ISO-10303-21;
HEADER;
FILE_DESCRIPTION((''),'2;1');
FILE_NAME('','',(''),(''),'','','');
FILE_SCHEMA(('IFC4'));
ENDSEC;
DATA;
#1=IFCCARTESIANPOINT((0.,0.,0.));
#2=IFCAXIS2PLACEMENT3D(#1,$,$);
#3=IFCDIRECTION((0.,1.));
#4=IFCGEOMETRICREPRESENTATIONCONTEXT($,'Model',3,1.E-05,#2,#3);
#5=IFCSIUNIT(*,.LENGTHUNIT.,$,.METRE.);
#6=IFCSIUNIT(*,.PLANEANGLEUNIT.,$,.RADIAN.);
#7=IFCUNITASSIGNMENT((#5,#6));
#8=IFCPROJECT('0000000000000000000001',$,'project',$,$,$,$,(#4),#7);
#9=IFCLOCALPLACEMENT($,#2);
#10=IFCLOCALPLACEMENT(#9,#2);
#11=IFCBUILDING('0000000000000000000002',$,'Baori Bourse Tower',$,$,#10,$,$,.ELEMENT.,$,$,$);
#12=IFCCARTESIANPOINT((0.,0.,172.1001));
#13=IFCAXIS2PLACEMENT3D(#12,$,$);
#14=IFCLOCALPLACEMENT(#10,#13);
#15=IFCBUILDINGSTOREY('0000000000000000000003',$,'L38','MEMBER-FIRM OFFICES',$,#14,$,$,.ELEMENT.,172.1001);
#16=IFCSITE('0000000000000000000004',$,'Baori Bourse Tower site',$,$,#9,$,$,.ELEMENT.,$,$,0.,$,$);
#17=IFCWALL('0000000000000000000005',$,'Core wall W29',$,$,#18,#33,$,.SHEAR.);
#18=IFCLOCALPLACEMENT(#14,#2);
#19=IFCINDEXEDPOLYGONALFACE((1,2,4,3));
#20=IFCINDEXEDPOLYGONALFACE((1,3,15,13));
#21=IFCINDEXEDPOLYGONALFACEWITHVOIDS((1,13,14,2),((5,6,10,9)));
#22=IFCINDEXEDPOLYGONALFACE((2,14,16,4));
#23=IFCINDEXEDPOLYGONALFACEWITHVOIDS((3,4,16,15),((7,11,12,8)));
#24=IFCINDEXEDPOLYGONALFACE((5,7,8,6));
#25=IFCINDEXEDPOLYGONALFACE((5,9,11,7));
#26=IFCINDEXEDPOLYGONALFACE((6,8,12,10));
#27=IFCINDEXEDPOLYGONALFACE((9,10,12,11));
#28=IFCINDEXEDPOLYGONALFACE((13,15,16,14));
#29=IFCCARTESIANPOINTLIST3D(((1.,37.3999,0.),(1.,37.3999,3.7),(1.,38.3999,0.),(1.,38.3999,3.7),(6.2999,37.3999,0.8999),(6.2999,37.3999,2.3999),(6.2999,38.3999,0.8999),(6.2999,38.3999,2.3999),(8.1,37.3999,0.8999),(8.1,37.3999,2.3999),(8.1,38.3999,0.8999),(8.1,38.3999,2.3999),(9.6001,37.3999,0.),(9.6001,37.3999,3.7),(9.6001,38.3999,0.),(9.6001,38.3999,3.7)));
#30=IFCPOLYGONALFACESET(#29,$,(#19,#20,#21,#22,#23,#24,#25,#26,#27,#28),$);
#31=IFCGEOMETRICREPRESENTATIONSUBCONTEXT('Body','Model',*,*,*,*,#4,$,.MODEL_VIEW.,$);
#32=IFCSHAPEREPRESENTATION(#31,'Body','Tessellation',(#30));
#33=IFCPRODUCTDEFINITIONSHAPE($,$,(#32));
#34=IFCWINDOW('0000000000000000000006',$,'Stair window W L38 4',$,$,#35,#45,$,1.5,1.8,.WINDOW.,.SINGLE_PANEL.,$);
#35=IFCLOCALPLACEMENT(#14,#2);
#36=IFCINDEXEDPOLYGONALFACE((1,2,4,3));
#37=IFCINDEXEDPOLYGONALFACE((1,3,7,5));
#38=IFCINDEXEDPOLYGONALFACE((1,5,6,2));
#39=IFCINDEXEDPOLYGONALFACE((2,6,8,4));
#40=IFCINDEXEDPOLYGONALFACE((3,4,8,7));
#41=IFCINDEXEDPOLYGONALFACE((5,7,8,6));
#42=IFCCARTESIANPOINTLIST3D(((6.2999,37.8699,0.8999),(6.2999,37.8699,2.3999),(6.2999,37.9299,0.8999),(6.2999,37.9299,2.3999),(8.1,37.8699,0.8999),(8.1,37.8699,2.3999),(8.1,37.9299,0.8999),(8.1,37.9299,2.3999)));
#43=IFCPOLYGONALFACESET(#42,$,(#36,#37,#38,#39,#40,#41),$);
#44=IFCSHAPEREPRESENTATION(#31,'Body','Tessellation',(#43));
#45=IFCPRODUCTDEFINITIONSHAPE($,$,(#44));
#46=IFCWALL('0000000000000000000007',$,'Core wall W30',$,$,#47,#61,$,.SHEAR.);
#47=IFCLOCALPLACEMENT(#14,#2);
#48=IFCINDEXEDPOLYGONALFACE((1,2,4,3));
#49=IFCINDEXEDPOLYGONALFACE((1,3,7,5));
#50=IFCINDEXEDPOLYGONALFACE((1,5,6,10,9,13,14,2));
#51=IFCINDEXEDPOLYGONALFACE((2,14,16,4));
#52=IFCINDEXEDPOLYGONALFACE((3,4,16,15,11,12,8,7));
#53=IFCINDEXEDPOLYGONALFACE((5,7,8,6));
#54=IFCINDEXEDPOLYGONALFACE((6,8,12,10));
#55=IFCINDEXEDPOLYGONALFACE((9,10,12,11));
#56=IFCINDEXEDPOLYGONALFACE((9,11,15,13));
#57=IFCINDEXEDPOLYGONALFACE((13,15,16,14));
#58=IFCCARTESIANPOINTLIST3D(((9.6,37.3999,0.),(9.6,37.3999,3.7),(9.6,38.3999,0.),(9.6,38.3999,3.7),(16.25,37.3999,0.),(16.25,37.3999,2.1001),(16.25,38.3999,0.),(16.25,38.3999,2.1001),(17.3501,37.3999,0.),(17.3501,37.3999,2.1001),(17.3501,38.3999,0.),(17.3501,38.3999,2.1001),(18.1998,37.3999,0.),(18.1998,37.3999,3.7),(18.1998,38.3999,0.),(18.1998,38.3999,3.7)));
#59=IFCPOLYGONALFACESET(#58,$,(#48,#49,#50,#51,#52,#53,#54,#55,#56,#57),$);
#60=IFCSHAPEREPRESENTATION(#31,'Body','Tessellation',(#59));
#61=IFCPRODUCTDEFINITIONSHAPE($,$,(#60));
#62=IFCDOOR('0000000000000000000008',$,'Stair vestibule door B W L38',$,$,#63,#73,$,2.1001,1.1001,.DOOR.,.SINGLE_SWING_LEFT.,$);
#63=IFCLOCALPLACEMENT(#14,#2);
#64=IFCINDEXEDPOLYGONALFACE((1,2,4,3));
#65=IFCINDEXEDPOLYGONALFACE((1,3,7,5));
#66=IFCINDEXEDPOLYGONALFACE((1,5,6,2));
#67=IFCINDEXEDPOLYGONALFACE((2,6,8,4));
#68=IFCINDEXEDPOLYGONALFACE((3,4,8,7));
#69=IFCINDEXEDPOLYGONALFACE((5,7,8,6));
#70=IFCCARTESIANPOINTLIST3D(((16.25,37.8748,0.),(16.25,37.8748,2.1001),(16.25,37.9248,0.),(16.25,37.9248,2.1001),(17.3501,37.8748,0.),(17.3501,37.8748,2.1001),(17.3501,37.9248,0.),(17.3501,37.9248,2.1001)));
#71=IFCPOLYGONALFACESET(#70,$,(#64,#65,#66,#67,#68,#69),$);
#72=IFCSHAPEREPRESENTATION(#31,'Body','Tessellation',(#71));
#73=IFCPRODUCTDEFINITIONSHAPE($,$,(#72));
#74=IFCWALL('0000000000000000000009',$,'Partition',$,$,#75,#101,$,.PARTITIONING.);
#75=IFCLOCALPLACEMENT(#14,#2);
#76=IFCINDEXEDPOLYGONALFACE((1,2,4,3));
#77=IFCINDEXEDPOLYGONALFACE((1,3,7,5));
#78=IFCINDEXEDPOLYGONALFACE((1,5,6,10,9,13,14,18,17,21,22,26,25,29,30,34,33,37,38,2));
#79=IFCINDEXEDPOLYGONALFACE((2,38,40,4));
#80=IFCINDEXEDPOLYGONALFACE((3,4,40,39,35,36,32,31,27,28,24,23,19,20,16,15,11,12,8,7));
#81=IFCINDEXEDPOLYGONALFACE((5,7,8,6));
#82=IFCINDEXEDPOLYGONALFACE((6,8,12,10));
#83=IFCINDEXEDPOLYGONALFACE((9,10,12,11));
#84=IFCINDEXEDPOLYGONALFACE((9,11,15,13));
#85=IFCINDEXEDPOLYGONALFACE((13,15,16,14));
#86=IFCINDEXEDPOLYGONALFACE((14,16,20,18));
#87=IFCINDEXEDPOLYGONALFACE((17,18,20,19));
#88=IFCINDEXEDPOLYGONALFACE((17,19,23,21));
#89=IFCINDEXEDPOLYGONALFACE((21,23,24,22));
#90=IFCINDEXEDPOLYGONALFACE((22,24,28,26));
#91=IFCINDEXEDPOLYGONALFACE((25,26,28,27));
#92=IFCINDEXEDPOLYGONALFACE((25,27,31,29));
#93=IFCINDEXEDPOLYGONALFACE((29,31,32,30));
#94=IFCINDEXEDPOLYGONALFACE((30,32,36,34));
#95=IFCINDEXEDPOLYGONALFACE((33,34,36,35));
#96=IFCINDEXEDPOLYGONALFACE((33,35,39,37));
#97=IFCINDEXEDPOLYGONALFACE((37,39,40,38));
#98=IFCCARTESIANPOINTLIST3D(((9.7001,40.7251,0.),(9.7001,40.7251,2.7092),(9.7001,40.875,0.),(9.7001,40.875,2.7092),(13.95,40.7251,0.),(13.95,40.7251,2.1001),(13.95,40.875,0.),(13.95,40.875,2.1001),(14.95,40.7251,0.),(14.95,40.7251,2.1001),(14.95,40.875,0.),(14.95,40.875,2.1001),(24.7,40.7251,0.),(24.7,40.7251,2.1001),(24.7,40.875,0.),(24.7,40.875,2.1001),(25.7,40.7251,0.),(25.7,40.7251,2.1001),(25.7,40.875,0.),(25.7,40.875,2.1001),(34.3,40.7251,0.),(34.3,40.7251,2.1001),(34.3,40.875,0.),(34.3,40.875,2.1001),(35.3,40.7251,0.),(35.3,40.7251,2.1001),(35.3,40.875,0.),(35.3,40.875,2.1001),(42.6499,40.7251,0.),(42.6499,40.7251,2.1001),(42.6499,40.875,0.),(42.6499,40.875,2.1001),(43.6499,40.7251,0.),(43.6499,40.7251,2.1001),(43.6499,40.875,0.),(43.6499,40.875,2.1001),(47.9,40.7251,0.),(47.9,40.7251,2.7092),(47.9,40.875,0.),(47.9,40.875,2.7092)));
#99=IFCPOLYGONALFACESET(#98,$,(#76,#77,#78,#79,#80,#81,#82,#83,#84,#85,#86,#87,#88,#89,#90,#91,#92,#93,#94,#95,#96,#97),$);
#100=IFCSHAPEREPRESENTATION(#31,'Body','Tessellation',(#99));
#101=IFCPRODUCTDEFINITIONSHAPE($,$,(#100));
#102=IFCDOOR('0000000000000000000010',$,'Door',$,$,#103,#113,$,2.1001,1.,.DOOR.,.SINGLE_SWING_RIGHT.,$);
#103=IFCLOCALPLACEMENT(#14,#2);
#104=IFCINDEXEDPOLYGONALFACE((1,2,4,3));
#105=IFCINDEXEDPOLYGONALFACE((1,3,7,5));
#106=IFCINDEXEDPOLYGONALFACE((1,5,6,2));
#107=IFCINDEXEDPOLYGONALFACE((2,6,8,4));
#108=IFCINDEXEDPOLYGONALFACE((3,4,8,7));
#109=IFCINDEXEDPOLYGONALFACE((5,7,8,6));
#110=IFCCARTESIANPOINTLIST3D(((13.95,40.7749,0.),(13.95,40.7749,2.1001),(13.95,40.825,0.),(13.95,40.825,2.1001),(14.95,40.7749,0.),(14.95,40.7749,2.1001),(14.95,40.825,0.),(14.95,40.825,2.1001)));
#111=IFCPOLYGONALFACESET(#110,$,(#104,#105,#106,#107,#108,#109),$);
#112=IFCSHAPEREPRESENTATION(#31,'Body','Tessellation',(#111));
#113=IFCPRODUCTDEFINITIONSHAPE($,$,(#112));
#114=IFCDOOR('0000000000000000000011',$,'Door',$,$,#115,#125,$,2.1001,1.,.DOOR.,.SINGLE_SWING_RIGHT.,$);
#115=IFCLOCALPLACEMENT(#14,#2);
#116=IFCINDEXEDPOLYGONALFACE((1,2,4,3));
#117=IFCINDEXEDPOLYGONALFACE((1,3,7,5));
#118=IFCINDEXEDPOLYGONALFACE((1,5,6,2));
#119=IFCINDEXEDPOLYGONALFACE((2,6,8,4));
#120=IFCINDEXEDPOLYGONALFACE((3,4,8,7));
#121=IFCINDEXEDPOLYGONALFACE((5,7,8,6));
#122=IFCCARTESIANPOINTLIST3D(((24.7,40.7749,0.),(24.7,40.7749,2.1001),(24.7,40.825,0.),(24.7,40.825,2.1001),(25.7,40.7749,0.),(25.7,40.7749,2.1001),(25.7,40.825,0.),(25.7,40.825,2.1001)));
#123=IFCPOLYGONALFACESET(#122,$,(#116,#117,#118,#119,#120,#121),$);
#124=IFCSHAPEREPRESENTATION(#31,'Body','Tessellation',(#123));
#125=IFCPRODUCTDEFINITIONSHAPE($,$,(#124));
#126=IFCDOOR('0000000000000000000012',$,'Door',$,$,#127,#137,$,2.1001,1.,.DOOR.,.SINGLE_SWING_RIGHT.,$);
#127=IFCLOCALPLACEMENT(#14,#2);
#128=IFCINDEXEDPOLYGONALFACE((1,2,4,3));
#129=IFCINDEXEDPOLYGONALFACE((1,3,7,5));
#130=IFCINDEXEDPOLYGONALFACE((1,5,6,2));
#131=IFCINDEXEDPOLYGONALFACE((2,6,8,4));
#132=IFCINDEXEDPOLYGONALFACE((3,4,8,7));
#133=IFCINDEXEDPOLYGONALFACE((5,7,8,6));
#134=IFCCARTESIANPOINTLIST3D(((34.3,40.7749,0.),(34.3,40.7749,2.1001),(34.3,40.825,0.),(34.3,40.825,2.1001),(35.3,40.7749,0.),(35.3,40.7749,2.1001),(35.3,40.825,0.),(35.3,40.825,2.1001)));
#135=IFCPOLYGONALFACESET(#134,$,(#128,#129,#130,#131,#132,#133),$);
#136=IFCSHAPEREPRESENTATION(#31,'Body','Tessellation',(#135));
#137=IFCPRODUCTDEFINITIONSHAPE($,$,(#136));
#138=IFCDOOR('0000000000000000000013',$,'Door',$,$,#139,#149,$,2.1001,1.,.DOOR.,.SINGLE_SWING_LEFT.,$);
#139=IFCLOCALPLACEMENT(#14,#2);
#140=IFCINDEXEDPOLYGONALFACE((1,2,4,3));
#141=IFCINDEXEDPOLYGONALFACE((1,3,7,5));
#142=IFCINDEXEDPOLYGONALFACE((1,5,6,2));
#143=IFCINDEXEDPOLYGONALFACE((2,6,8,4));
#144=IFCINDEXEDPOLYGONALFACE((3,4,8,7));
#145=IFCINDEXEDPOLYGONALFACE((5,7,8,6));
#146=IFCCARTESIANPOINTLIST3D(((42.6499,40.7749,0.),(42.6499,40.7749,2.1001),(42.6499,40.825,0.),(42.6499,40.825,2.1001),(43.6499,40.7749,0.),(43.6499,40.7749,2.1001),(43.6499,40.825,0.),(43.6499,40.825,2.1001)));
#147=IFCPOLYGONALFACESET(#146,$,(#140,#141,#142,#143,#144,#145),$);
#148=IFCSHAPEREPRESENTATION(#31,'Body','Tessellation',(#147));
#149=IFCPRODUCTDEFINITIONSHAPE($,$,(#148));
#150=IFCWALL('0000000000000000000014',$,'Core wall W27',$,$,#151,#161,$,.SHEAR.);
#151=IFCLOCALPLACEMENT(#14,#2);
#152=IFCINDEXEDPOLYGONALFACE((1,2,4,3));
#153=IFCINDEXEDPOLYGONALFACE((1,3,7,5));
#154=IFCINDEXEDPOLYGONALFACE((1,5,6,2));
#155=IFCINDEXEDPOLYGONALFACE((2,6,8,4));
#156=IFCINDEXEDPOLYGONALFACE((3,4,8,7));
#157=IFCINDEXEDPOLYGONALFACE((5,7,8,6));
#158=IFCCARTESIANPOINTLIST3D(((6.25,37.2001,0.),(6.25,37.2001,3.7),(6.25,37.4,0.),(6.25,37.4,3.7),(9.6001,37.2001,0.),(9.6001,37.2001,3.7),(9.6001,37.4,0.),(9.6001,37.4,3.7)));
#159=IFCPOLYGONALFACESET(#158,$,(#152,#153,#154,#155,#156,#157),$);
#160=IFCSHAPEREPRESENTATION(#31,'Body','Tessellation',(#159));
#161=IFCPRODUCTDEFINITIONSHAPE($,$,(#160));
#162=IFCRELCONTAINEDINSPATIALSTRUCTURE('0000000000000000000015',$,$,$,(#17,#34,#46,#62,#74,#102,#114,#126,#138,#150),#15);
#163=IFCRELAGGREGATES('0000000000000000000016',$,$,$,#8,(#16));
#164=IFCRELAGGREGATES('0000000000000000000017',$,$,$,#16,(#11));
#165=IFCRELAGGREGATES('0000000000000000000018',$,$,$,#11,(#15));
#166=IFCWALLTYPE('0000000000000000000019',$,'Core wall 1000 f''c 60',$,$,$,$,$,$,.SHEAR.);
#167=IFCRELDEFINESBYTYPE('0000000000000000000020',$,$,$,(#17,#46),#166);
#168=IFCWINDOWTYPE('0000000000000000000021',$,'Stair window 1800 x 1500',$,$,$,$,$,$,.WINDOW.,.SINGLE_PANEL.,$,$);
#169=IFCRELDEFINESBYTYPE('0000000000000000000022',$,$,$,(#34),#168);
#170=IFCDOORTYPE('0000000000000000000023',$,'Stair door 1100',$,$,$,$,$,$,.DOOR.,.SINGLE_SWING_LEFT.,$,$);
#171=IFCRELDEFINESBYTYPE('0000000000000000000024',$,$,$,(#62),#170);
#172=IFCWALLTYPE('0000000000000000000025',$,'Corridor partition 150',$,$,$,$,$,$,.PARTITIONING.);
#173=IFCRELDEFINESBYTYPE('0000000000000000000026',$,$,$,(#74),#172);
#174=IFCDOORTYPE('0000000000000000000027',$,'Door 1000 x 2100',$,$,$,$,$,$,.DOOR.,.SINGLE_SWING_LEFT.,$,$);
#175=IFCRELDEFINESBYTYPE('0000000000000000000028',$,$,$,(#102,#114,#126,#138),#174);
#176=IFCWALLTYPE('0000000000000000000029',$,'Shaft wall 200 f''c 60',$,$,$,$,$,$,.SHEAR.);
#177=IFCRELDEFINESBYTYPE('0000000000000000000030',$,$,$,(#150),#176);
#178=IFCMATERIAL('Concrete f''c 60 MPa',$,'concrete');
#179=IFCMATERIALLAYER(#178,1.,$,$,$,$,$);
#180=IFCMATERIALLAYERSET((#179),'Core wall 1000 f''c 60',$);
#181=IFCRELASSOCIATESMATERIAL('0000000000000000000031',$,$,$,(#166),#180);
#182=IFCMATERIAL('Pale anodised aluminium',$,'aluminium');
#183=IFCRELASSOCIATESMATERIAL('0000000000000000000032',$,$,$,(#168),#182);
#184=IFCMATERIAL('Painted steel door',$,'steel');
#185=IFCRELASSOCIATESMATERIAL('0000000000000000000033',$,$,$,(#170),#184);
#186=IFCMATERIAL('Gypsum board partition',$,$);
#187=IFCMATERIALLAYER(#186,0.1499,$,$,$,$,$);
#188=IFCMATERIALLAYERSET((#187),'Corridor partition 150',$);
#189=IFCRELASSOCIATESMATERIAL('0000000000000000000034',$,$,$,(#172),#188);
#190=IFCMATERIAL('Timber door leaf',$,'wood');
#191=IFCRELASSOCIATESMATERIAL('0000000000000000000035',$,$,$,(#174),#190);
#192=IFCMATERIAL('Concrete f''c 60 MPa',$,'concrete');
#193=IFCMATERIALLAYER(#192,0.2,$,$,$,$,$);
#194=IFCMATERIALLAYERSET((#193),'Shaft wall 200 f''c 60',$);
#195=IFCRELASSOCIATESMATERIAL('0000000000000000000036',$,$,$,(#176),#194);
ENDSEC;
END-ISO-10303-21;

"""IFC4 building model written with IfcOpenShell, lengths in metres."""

from ifc_helpers import new_model, si_unit, direction, frame, frame_2d, origin, place, context, subcontext, project, spatial, rectangle, extrude, material, layer, layer_set, type_object, element, fill, save


model = new_model("IFC4")

# Units and contexts
model_context = context("Model", 3, precision=1e-05, world=origin(), true_north=direction((0.0, 1.0)))
body_context = subcontext(model_context, "Body", "Model", "MODEL_VIEW")
ifc_project = project(units=[si_unit("LENGTHUNIT", "METRE"), si_unit("PLANEANGLEUNIT", "RADIAN")], contexts=[model_context])

# Site, building, storey
site_placement = place(None, origin())
site = spatial("IfcSite", under=ifc_project, at=site_placement, Name="Baori Bourse Tower site", CompositionType="ELEMENT", RefElevation=0.0)
building_placement = place(site_placement, origin())
building = spatial("IfcBuilding", under=site, at=building_placement, Name="Baori Bourse Tower", CompositionType="ELEMENT")
storey_placement = place(building_placement, frame((0.0, 0.0, 172.1001)))
storey = spatial("IfcBuildingStorey", under=building, at=storey_placement, Name="L38", Description="MEMBER-FIRM OFFICES", CompositionType="ELEMENT", Elevation=172.1001)

# Wall, opening, window
ifc_material_1 = material(Name="Concrete f'c 60 MPa", Category="concrete")
ifc_layer_1 = layer(ifc_material_1, 1.0)
ifc_layer_set_1 = layer_set([ifc_layer_1], Name="Core wall 1000 f'c 60")
wall_type_1 = type_object("IfcWallType", Name="Core wall 1000 f'c 60", PredefinedType="SHEAR", material=ifc_layer_set_1)
wall_1_placement = place(storey_placement, frame((1.0, 37.8999, 0.0), z_axis=(0.0, 0.0, 1.0), x_axis=(1.0, 0.0, 0.0)))
wall_1 = element("IfcWall", 1, at=wall_1_placement, inside=storey, type_object=wall_type_1, Name="Core wall W29", PredefinedType="SHEAR", context=body_context, shape_type="SweptSolid", body=[
    extrude(rectangle(XDim=8.6001, YDim=1.0, at=frame_2d((4.3, 0.0))), origin(), (0.0, 0.0, 1.0), 3.7),
])
opening_1_placement = place(wall_1_placement, frame((5.3, 0.0, 0.8999)))
opening_1 = element("IfcOpeningElement", 2, at=opening_1_placement, cuts=wall_1, PredefinedType="OPENING", context=body_context, shape_type="SweptSolid", body=[
    extrude(rectangle(XDim=1.8, YDim=1.5, at=frame_2d((0.8999, 0.75))), frame((0.0, 0.51, 0.0), z_axis=(0.0, -1.0, 0.0), x_axis=(1.0, 0.0, 0.0)), (0.0, 0.0, 1.0), 1.02),
])
ifc_material_2 = material(Name="Pale anodised aluminium", Category="aluminium")
window_type = type_object("IfcWindowType", Name="Stair window 1800 x 1500", PartitioningType="SINGLE_PANEL", PredefinedType="WINDOW", material=ifc_material_2)
window_placement = place(opening_1_placement, origin())
window = element("IfcWindow", 3, at=window_placement, inside=storey, type_object=window_type, Name="Stair window W L38 4", OverallHeight=1.5, OverallWidth=1.8, PartitioningType="SINGLE_PANEL", PredefinedType="WINDOW", context=body_context, shape_type="SweptSolid", body=[
    extrude(rectangle(XDim=1.8, YDim=1.5, at=frame_2d((0.8999, 0.75))), frame((0.0, 0.03, 0.0), z_axis=(0.0, -1.0, 0.0), x_axis=(1.0, 0.0, 0.0)), (0.0, 0.0, 1.0), 0.0601),
])
fill(opening_1, window)

# Wall, opening, door
wall_2_placement = place(storey_placement, frame((9.6001, 37.8999, 0.0), z_axis=(0.0, 0.0, 1.0), x_axis=(1.0, 0.0, 0.0)))
wall_2 = element("IfcWall", 4, at=wall_2_placement, inside=storey, type_object=wall_type_1, Name="Core wall W30", PredefinedType="SHEAR", context=body_context, shape_type="SweptSolid", body=[
    extrude(rectangle(XDim=8.5999, YDim=1.0, at=frame_2d((4.2998, 0.0))), origin(), (0.0, 0.0, 1.0), 3.7),
])
opening_2_placement = place(wall_2_placement, frame((6.6499, 0.0, 0.0)))
opening_2 = element("IfcOpeningElement", 5, at=opening_2_placement, cuts=wall_2, PredefinedType="OPENING", context=body_context, shape_type="SweptSolid", body=[
    extrude(rectangle(XDim=1.1001, YDim=2.1001, at=frame_2d((0.55, 1.05))), frame((0.0, 0.51, 0.0), z_axis=(0.0, -1.0, 0.0), x_axis=(1.0, 0.0, 0.0)), (0.0, 0.0, 1.0), 1.02),
])
ifc_material_3 = material(Name="Painted steel door", Category="steel")
door_type_1 = type_object("IfcDoorType", Name="Stair door 1100", OperationType="SINGLE_SWING_LEFT", PredefinedType="DOOR", material=ifc_material_3)
door_1_placement = place(opening_2_placement, origin())
door_1 = element("IfcDoor", 6, at=door_1_placement, inside=storey, type_object=door_type_1, Name="Stair vestibule door B W L38", OperationType="SINGLE_SWING_LEFT", OverallHeight=2.1001, OverallWidth=1.1001, PredefinedType="DOOR", context=body_context, shape_type="SweptSolid", body=[
    extrude(rectangle(XDim=1.1001, YDim=2.1001, at=frame_2d((0.55, 1.05))), frame((0.0, 0.0249, 0.0), z_axis=(0.0, -1.0, 0.0), x_axis=(1.0, 0.0, 0.0)), (0.0, 0.0, 1.0), 0.05),
])
fill(opening_2, door_1)

# Wall, openings, doors
ifc_material_4 = material(Name="Gypsum board partition")
ifc_layer_2 = layer(ifc_material_4, 0.1499)
ifc_layer_set_2 = layer_set([ifc_layer_2], Name="Corridor partition 150")
wall_type_2 = type_object("IfcWallType", Name="Corridor partition 150", PredefinedType="PARTITIONING", material=ifc_layer_set_2)
wall_3_placement = place(storey_placement, frame((9.7, 40.8, 0.0), z_axis=(0.0, 0.0, 1.0), x_axis=(1.0, 0.0, 0.0)))
wall_3 = element("IfcWall", 7, at=wall_3_placement, inside=storey, type_object=wall_type_2, Name="Partition", PredefinedType="PARTITIONING", context=body_context, shape_type="SweptSolid", body=[
    extrude(rectangle(XDim=38.2, YDim=0.1499, at=frame_2d((19.1001, 0.0))), origin(), (0.0, 0.0, 1.0), 2.7092),
])
opening_3_placement = place(wall_3_placement, frame((4.25, 0.0, 0.0)))
opening_3 = element("IfcOpeningElement", 8, at=opening_3_placement, cuts=wall_3, PredefinedType="OPENING", context=body_context, shape_type="SweptSolid", body=[
    extrude(rectangle(XDim=1.0, YDim=2.1001, at=frame_2d((0.5, 1.05))), frame((0.0, 0.085, 0.0), z_axis=(0.0, -1.0, 0.0), x_axis=(1.0, 0.0, 0.0)), (0.0, 0.0, 1.0), 0.1699),
])
opening_4_placement = place(wall_3_placement, frame((15.0, 0.0, 0.0)))
opening_4 = element("IfcOpeningElement", 9, at=opening_4_placement, cuts=wall_3, PredefinedType="OPENING", context=body_context, shape_type="SweptSolid", body=[
    extrude(rectangle(XDim=1.0, YDim=2.1001, at=frame_2d((0.5, 1.05))), frame((0.0, 0.085, 0.0), z_axis=(0.0, -1.0, 0.0), x_axis=(1.0, 0.0, 0.0)), (0.0, 0.0, 1.0), 0.1699),
])
opening_5_placement = place(wall_3_placement, frame((24.6001, 0.0, 0.0)))
opening_5 = element("IfcOpeningElement", 10, at=opening_5_placement, cuts=wall_3, PredefinedType="OPENING", context=body_context, shape_type="SweptSolid", body=[
    extrude(rectangle(XDim=1.0, YDim=2.1001, at=frame_2d((0.5, 1.05))), frame((0.0, 0.085, 0.0), z_axis=(0.0, -1.0, 0.0), x_axis=(1.0, 0.0, 0.0)), (0.0, 0.0, 1.0), 0.1699),
])
opening_6_placement = place(wall_3_placement, frame((32.95, 0.0, 0.0)))
opening_6 = element("IfcOpeningElement", 11, at=opening_6_placement, cuts=wall_3, PredefinedType="OPENING", context=body_context, shape_type="SweptSolid", body=[
    extrude(rectangle(XDim=1.0, YDim=2.1001, at=frame_2d((0.5, 1.05))), frame((0.0, 0.085, 0.0), z_axis=(0.0, -1.0, 0.0), x_axis=(1.0, 0.0, 0.0)), (0.0, 0.0, 1.0), 0.1699),
])
ifc_material_5 = material(Name="Timber door leaf", Category="wood")
door_type_2 = type_object("IfcDoorType", Name="Door 1000 x 2100", OperationType="SINGLE_SWING_LEFT", PredefinedType="DOOR", material=ifc_material_5)
door_2_placement = place(opening_3_placement, origin())
door_2 = element("IfcDoor", 12, at=door_2_placement, inside=storey, type_object=door_type_2, Name="Door", OperationType="SINGLE_SWING_RIGHT", OverallHeight=2.1001, OverallWidth=1.0, PredefinedType="DOOR", context=body_context, shape_type="SweptSolid", body=[
    extrude(rectangle(XDim=1.0, YDim=2.1001, at=frame_2d((0.5, 1.05))), frame((0.0, 0.0249, 0.0), z_axis=(0.0, -1.0, 0.0), x_axis=(1.0, 0.0, 0.0)), (0.0, 0.0, 1.0), 0.05),
])
fill(opening_3, door_2)
door_3_placement = place(opening_4_placement, origin())
door_3 = element("IfcDoor", 13, at=door_3_placement, inside=storey, type_object=door_type_2, Name="Door", OperationType="SINGLE_SWING_RIGHT", OverallHeight=2.1001, OverallWidth=1.0, PredefinedType="DOOR", context=body_context, shape_type="SweptSolid", body=[
    extrude(rectangle(XDim=1.0, YDim=2.1001, at=frame_2d((0.5, 1.05))), frame((0.0, 0.0249, 0.0), z_axis=(0.0, -1.0, 0.0), x_axis=(1.0, 0.0, 0.0)), (0.0, 0.0, 1.0), 0.05),
])
fill(opening_4, door_3)
door_4_placement = place(opening_5_placement, origin())
door_4 = element("IfcDoor", 14, at=door_4_placement, inside=storey, type_object=door_type_2, Name="Door", OperationType="SINGLE_SWING_RIGHT", OverallHeight=2.1001, OverallWidth=1.0, PredefinedType="DOOR", context=body_context, shape_type="SweptSolid", body=[
    extrude(rectangle(XDim=1.0, YDim=2.1001, at=frame_2d((0.5, 1.05))), frame((0.0, 0.0249, 0.0), z_axis=(0.0, -1.0, 0.0), x_axis=(1.0, 0.0, 0.0)), (0.0, 0.0, 1.0), 0.05),
])
fill(opening_5, door_4)
door_5_placement = place(opening_6_placement, origin())
door_5 = element("IfcDoor", 15, at=door_5_placement, inside=storey, type_object=door_type_2, Name="Door", OperationType="SINGLE_SWING_LEFT", OverallHeight=2.1001, OverallWidth=1.0, PredefinedType="DOOR", context=body_context, shape_type="SweptSolid", body=[
    extrude(rectangle(XDim=1.0, YDim=2.1001, at=frame_2d((0.5, 1.05))), frame((0.0, 0.0249, 0.0), z_axis=(0.0, -1.0, 0.0), x_axis=(1.0, 0.0, 0.0)), (0.0, 0.0, 1.0), 0.05),
])
fill(opening_6, door_5)

# Wall
ifc_material_6 = material(Name="Concrete f'c 60 MPa", Category="concrete")
ifc_layer_3 = layer(ifc_material_6, 0.2)
ifc_layer_set_3 = layer_set([ifc_layer_3], Name="Shaft wall 200 f'c 60")
wall_type_3 = type_object("IfcWallType", Name="Shaft wall 200 f'c 60", PredefinedType="SHEAR", material=ifc_layer_set_3)
wall_4_placement = place(storey_placement, frame((6.25, 37.3, 0.0), z_axis=(0.0, 0.0, 1.0), x_axis=(1.0, 0.0, 0.0)))
element("IfcWall", 16, at=wall_4_placement, inside=storey, type_object=wall_type_3, Name="Core wall W27", PredefinedType="SHEAR", context=body_context, shape_type="SweptSolid", body=[
    extrude(rectangle(XDim=3.3501, YDim=0.2, at=frame_2d((1.675, 0.0))), origin(), (0.0, 0.0, 1.0), 3.7),
])

save(model, "model.ifc")
